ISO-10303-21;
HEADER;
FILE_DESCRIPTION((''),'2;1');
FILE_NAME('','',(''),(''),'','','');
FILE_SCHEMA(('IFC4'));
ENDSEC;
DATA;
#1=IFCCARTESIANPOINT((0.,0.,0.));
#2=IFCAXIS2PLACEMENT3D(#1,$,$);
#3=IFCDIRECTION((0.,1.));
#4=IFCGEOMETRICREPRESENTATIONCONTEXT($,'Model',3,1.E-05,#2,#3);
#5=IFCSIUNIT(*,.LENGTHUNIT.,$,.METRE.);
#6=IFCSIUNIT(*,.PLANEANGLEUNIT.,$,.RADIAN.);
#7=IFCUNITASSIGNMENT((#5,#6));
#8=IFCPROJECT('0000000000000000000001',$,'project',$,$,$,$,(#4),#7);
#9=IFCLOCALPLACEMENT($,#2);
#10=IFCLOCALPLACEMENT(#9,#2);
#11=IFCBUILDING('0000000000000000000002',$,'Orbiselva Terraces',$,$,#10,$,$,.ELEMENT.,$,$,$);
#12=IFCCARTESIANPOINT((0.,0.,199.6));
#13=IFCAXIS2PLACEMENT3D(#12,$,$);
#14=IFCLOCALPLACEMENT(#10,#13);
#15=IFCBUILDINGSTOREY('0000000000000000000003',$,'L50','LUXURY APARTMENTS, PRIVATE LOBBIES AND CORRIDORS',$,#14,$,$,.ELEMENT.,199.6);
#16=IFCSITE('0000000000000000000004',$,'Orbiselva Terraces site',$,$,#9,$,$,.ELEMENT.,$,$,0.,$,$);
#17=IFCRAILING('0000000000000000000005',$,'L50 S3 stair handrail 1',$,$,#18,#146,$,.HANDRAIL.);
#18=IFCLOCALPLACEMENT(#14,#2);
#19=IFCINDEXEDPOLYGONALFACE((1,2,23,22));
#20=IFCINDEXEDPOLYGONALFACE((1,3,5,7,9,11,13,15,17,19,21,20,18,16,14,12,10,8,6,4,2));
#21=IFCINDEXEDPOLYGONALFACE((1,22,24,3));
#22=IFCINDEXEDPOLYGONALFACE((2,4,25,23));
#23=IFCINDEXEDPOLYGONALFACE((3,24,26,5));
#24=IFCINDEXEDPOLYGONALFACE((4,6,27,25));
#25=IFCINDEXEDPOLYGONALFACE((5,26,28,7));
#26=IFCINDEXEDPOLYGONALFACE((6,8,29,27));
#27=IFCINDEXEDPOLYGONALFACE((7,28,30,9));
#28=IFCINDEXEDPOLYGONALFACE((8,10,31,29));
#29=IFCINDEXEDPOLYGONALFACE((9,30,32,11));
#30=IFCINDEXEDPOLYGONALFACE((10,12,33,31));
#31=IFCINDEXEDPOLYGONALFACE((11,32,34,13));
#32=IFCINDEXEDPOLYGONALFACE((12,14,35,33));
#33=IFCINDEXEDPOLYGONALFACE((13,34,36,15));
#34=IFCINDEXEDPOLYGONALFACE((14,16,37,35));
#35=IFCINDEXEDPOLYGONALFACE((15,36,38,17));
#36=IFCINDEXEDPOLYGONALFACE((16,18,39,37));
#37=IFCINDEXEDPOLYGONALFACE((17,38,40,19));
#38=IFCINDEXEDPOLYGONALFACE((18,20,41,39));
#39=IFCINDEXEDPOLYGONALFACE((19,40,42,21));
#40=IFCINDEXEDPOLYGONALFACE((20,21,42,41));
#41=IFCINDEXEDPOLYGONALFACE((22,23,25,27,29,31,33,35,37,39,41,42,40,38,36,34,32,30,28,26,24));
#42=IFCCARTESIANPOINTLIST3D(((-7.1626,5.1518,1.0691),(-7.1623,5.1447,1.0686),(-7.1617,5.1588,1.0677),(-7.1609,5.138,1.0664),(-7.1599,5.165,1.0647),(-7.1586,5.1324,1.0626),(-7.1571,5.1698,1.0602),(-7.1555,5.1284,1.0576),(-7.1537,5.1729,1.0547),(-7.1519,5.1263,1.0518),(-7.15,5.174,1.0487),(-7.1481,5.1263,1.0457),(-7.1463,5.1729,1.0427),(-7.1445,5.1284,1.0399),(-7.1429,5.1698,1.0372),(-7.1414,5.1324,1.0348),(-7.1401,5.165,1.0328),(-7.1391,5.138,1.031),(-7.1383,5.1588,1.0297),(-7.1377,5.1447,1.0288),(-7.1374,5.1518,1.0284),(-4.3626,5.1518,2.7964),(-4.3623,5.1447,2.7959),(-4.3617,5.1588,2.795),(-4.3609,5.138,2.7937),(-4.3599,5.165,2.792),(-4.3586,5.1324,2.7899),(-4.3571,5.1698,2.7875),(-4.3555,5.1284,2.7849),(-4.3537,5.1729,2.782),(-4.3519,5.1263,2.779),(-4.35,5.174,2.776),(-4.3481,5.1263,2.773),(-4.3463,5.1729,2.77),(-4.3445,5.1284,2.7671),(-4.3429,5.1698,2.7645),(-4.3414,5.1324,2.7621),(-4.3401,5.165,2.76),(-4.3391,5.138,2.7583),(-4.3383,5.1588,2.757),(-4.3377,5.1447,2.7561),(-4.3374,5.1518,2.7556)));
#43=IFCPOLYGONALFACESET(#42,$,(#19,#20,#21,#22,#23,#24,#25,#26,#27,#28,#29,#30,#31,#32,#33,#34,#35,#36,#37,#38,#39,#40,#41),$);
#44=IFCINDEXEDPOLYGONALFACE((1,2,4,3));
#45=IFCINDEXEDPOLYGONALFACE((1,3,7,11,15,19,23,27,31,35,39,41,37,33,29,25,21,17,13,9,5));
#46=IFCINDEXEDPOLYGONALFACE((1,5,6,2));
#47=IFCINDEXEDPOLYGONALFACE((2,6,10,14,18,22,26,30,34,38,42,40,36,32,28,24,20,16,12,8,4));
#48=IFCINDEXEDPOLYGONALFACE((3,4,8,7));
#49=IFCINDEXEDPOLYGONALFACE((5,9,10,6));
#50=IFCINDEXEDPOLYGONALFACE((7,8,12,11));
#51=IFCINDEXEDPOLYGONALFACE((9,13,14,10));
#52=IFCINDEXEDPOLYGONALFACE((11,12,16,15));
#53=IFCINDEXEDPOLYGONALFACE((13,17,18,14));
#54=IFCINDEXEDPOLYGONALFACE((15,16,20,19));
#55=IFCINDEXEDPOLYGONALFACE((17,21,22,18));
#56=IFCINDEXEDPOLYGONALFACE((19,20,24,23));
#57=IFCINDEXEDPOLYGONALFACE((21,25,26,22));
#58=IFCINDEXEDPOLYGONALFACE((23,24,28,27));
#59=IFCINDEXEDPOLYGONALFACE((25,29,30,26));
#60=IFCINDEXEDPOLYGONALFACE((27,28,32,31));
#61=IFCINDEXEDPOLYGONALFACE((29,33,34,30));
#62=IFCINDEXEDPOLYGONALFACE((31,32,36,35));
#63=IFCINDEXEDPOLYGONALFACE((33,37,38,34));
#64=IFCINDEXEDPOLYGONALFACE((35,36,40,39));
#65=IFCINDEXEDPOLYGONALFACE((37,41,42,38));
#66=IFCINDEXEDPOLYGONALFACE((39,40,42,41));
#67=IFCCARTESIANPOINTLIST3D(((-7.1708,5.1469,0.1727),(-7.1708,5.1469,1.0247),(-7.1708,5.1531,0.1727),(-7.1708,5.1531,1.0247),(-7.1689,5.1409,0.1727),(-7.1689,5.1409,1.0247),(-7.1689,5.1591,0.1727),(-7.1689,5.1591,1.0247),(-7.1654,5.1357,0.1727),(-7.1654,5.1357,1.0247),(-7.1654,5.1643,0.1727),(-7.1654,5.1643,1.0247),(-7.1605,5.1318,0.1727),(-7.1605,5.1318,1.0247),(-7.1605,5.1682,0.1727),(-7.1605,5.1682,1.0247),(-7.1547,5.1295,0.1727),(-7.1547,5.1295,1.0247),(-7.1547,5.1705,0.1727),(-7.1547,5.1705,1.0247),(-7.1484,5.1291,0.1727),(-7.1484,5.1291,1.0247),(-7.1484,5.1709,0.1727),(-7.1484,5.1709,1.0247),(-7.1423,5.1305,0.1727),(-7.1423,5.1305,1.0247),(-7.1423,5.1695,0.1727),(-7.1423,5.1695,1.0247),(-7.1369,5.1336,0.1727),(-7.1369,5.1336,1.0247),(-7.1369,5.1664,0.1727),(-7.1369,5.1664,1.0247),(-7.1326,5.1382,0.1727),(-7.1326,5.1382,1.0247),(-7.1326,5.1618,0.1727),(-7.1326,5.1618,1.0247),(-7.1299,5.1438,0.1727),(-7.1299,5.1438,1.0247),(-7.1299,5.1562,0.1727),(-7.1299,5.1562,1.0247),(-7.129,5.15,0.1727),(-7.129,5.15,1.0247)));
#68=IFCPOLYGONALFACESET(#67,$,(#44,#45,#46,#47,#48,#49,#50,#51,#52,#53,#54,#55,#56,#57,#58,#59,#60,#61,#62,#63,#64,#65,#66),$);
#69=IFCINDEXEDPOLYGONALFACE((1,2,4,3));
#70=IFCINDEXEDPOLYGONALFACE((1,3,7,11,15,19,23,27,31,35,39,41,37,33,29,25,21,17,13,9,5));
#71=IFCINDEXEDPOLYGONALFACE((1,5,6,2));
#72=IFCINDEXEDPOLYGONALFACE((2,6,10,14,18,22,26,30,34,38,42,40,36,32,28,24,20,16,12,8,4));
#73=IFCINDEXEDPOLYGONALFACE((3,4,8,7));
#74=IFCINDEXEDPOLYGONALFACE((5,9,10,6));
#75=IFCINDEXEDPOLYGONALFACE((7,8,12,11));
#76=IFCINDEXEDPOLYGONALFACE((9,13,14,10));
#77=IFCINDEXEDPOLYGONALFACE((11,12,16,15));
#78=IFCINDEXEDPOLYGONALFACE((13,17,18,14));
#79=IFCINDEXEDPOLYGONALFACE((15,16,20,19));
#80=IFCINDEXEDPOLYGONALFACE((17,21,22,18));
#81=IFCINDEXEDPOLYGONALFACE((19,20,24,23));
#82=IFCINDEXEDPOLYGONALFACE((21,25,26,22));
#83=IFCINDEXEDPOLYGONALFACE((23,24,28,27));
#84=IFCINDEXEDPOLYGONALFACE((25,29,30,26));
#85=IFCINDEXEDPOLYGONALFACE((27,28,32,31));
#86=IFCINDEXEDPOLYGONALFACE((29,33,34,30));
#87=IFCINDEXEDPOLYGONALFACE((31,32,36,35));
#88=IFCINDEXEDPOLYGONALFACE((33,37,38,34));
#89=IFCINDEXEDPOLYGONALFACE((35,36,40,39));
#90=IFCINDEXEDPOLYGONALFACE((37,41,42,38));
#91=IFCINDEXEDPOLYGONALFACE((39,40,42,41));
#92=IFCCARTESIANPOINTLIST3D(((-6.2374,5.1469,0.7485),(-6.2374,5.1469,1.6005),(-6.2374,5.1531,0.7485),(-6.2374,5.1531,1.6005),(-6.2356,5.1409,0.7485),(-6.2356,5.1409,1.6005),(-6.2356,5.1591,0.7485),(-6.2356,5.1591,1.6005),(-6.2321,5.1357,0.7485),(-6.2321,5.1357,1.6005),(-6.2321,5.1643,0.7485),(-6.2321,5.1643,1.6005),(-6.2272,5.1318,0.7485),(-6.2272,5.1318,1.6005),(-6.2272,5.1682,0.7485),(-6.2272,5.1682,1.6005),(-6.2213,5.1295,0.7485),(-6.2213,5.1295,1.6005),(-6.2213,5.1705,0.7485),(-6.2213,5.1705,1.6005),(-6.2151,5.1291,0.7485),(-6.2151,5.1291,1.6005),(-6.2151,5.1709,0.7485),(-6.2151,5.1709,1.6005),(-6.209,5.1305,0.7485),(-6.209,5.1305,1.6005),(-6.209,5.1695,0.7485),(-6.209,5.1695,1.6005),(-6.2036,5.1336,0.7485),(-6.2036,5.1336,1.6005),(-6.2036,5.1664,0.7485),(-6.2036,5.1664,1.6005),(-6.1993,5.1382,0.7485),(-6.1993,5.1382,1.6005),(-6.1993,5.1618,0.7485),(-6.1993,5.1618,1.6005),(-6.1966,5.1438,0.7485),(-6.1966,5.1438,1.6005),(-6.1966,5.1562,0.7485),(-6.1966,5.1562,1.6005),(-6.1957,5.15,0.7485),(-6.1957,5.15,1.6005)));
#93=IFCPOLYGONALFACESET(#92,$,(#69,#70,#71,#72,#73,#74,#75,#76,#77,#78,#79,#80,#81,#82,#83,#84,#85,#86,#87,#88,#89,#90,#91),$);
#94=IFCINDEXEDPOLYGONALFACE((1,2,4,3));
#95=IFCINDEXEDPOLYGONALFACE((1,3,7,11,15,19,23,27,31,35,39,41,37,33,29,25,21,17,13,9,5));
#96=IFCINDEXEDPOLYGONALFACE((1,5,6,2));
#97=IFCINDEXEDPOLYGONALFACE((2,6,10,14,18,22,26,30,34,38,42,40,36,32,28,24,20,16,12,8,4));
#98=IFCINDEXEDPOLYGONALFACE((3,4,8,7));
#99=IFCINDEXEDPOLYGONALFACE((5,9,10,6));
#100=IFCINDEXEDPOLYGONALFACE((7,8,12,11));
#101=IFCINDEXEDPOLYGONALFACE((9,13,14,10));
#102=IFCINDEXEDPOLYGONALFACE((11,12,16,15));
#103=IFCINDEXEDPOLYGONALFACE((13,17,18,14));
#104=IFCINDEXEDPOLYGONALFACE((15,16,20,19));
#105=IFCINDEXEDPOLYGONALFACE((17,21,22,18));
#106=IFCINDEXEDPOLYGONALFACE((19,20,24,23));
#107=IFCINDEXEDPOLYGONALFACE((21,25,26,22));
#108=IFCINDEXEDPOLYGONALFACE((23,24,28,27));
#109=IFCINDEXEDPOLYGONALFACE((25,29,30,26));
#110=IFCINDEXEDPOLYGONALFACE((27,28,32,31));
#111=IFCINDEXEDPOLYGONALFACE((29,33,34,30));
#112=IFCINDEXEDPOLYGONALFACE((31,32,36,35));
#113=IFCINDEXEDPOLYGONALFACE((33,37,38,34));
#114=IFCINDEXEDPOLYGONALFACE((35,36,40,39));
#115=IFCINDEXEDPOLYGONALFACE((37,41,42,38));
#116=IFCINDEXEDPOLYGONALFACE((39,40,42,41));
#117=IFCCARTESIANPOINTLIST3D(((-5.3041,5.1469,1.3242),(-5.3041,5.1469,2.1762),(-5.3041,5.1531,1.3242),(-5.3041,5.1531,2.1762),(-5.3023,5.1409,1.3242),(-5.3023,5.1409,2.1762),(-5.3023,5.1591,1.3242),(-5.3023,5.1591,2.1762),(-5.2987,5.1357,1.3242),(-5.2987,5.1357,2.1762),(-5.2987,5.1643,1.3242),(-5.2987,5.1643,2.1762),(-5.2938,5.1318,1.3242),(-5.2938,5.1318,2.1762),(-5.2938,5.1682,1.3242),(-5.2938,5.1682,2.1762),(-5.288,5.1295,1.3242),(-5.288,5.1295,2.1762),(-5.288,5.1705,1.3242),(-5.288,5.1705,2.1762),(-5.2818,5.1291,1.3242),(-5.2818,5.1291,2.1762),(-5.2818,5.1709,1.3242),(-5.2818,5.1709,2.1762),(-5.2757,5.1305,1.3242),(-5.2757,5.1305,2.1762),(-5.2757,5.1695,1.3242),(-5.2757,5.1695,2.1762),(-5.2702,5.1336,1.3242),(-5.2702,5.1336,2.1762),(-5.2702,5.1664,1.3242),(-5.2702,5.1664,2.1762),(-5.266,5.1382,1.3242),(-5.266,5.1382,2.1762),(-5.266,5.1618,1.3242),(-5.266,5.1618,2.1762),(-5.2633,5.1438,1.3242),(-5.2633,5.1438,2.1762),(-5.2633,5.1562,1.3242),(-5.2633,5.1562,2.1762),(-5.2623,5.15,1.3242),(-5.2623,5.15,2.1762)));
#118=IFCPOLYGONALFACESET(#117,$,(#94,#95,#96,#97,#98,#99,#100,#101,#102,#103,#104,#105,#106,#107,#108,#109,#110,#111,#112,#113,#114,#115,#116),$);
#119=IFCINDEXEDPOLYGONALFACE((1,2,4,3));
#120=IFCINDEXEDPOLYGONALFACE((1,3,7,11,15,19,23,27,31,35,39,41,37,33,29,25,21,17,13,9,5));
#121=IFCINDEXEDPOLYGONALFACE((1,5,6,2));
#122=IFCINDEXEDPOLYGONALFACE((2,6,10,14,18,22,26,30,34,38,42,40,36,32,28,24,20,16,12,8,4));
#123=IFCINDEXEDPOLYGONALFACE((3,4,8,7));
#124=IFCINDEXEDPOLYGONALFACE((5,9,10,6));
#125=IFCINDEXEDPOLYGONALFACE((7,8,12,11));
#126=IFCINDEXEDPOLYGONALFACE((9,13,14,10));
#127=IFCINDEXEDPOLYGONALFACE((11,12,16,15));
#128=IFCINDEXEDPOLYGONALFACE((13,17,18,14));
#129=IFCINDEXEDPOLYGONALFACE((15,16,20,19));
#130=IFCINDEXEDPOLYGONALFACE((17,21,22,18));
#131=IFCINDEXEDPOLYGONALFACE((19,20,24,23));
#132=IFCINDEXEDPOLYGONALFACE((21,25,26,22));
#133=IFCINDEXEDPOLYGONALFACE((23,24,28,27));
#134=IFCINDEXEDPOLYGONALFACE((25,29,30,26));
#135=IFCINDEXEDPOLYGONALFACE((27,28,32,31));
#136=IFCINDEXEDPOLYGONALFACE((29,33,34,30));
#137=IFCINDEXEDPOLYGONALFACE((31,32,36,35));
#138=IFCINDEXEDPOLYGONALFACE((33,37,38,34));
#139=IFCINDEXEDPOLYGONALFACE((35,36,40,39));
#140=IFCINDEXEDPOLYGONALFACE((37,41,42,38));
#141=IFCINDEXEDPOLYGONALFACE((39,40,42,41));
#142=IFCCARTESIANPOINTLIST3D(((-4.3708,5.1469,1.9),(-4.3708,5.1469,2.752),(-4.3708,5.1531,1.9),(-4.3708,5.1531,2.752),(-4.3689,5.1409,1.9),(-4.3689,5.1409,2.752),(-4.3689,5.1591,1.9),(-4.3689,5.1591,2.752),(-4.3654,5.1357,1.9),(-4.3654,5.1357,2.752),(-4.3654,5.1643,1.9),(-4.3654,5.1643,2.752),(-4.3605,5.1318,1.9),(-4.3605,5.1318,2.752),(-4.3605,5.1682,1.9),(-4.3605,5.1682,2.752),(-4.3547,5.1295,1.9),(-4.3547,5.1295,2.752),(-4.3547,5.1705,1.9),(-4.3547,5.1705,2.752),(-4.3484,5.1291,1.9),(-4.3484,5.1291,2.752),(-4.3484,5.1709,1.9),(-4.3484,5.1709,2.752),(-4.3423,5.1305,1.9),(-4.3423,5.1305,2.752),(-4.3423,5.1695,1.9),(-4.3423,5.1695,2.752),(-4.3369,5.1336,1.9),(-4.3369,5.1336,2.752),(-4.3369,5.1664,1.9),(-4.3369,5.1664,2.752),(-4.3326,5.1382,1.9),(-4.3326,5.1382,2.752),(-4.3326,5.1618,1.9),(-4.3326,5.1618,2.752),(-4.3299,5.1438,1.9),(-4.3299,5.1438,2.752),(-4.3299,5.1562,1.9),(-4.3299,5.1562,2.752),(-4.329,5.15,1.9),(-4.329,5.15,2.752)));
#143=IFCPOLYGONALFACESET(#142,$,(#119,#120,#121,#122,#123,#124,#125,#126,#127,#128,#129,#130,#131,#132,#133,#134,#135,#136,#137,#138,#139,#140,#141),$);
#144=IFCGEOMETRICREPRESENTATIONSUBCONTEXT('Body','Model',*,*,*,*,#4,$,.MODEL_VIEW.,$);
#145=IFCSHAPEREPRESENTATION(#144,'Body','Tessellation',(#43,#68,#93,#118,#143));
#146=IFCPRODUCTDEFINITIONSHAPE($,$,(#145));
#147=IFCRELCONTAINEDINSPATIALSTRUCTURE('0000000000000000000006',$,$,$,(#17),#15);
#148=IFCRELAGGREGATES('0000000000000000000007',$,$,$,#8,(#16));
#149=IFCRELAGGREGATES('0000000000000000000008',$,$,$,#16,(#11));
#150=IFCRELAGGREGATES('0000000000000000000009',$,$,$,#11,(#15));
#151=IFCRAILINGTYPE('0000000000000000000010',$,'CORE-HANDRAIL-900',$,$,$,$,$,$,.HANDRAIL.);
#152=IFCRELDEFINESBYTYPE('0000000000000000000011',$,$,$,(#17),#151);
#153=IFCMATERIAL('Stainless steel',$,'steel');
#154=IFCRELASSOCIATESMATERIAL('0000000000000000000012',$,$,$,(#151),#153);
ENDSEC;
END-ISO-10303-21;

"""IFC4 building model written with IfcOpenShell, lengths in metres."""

from ifc_helpers import new_model, si_unit, direction, frame, origin, origin_2d, place, context, subcontext, project, spatial, circle, extrude, material, type_object, element, save


model = new_model("IFC4")

# Units and contexts
model_context = context("Model", 3, precision=1e-05, world=origin(), true_north=direction((0.0, 1.0)))
body_context = subcontext(model_context, "Body", "Model", "MODEL_VIEW")
ifc_project = project(units=[si_unit("LENGTHUNIT", "METRE"), si_unit("PLANEANGLEUNIT", "RADIAN")], contexts=[model_context])

# Site, building, storey
site_placement = place(None, origin())
site = spatial("IfcSite", under=ifc_project, at=site_placement, Name="Orbiselva Terraces site", CompositionType="ELEMENT", RefElevation=0.0)
building_placement = place(site_placement, origin())
building = spatial("IfcBuilding", under=site, at=building_placement, Name="Orbiselva Terraces", CompositionType="ELEMENT")
storey_placement = place(building_placement, frame((0.0, 0.0, 199.6)))
storey = spatial("IfcBuildingStorey", under=building, at=storey_placement, Name="L50", Description="LUXURY APARTMENTS, PRIVATE LOBBIES AND CORRIDORS", CompositionType="ELEMENT", Elevation=199.6)

# Railing
ifc_material_1 = material(Name="Stainless steel", Category="steel")
railing_type_1 = type_object("IfcRailingType", Name="CORE-HANDRAIL-900", PredefinedType="HANDRAIL", material=ifc_material_1)
railing_1_placement = place(storey_placement, frame((-7.15, 5.15, 0.1727)))
element("IfcRailing", 1, at=railing_1_placement, inside=storey, type_object=railing_type_1, Name="L50 S3 stair handrail 1", PredefinedType="HANDRAIL", context=body_context, shape_type="SweptSolid", body=[
    extrude(circle(Radius=0.024, at=origin_2d()), frame((0.0, 0.0, 0.876), z_axis=(0.851089, 0.0, 0.525022), x_axis=(0.0, 1.0, 0.0)), (0.0, 0.0, 1.0), 3.2899),
    extrude(circle(Radius=0.021, at=origin_2d()), origin(), (0.0, 0.0, 1.0), 0.852),
    extrude(circle(Radius=0.021, at=origin_2d()), frame((0.9333, 0.0, 0.5758)), (0.0, 0.0, 1.0), 0.852),
    extrude(circle(Radius=0.021, at=origin_2d()), frame((1.8667, 0.0, 1.1515)), (0.0, 0.0, 1.0), 0.852),
    extrude(circle(Radius=0.021, at=origin_2d()), frame((2.8, 0.0, 1.7273)), (0.0, 0.0, 1.0), 0.852),
])

save(model, "model.ifc")
